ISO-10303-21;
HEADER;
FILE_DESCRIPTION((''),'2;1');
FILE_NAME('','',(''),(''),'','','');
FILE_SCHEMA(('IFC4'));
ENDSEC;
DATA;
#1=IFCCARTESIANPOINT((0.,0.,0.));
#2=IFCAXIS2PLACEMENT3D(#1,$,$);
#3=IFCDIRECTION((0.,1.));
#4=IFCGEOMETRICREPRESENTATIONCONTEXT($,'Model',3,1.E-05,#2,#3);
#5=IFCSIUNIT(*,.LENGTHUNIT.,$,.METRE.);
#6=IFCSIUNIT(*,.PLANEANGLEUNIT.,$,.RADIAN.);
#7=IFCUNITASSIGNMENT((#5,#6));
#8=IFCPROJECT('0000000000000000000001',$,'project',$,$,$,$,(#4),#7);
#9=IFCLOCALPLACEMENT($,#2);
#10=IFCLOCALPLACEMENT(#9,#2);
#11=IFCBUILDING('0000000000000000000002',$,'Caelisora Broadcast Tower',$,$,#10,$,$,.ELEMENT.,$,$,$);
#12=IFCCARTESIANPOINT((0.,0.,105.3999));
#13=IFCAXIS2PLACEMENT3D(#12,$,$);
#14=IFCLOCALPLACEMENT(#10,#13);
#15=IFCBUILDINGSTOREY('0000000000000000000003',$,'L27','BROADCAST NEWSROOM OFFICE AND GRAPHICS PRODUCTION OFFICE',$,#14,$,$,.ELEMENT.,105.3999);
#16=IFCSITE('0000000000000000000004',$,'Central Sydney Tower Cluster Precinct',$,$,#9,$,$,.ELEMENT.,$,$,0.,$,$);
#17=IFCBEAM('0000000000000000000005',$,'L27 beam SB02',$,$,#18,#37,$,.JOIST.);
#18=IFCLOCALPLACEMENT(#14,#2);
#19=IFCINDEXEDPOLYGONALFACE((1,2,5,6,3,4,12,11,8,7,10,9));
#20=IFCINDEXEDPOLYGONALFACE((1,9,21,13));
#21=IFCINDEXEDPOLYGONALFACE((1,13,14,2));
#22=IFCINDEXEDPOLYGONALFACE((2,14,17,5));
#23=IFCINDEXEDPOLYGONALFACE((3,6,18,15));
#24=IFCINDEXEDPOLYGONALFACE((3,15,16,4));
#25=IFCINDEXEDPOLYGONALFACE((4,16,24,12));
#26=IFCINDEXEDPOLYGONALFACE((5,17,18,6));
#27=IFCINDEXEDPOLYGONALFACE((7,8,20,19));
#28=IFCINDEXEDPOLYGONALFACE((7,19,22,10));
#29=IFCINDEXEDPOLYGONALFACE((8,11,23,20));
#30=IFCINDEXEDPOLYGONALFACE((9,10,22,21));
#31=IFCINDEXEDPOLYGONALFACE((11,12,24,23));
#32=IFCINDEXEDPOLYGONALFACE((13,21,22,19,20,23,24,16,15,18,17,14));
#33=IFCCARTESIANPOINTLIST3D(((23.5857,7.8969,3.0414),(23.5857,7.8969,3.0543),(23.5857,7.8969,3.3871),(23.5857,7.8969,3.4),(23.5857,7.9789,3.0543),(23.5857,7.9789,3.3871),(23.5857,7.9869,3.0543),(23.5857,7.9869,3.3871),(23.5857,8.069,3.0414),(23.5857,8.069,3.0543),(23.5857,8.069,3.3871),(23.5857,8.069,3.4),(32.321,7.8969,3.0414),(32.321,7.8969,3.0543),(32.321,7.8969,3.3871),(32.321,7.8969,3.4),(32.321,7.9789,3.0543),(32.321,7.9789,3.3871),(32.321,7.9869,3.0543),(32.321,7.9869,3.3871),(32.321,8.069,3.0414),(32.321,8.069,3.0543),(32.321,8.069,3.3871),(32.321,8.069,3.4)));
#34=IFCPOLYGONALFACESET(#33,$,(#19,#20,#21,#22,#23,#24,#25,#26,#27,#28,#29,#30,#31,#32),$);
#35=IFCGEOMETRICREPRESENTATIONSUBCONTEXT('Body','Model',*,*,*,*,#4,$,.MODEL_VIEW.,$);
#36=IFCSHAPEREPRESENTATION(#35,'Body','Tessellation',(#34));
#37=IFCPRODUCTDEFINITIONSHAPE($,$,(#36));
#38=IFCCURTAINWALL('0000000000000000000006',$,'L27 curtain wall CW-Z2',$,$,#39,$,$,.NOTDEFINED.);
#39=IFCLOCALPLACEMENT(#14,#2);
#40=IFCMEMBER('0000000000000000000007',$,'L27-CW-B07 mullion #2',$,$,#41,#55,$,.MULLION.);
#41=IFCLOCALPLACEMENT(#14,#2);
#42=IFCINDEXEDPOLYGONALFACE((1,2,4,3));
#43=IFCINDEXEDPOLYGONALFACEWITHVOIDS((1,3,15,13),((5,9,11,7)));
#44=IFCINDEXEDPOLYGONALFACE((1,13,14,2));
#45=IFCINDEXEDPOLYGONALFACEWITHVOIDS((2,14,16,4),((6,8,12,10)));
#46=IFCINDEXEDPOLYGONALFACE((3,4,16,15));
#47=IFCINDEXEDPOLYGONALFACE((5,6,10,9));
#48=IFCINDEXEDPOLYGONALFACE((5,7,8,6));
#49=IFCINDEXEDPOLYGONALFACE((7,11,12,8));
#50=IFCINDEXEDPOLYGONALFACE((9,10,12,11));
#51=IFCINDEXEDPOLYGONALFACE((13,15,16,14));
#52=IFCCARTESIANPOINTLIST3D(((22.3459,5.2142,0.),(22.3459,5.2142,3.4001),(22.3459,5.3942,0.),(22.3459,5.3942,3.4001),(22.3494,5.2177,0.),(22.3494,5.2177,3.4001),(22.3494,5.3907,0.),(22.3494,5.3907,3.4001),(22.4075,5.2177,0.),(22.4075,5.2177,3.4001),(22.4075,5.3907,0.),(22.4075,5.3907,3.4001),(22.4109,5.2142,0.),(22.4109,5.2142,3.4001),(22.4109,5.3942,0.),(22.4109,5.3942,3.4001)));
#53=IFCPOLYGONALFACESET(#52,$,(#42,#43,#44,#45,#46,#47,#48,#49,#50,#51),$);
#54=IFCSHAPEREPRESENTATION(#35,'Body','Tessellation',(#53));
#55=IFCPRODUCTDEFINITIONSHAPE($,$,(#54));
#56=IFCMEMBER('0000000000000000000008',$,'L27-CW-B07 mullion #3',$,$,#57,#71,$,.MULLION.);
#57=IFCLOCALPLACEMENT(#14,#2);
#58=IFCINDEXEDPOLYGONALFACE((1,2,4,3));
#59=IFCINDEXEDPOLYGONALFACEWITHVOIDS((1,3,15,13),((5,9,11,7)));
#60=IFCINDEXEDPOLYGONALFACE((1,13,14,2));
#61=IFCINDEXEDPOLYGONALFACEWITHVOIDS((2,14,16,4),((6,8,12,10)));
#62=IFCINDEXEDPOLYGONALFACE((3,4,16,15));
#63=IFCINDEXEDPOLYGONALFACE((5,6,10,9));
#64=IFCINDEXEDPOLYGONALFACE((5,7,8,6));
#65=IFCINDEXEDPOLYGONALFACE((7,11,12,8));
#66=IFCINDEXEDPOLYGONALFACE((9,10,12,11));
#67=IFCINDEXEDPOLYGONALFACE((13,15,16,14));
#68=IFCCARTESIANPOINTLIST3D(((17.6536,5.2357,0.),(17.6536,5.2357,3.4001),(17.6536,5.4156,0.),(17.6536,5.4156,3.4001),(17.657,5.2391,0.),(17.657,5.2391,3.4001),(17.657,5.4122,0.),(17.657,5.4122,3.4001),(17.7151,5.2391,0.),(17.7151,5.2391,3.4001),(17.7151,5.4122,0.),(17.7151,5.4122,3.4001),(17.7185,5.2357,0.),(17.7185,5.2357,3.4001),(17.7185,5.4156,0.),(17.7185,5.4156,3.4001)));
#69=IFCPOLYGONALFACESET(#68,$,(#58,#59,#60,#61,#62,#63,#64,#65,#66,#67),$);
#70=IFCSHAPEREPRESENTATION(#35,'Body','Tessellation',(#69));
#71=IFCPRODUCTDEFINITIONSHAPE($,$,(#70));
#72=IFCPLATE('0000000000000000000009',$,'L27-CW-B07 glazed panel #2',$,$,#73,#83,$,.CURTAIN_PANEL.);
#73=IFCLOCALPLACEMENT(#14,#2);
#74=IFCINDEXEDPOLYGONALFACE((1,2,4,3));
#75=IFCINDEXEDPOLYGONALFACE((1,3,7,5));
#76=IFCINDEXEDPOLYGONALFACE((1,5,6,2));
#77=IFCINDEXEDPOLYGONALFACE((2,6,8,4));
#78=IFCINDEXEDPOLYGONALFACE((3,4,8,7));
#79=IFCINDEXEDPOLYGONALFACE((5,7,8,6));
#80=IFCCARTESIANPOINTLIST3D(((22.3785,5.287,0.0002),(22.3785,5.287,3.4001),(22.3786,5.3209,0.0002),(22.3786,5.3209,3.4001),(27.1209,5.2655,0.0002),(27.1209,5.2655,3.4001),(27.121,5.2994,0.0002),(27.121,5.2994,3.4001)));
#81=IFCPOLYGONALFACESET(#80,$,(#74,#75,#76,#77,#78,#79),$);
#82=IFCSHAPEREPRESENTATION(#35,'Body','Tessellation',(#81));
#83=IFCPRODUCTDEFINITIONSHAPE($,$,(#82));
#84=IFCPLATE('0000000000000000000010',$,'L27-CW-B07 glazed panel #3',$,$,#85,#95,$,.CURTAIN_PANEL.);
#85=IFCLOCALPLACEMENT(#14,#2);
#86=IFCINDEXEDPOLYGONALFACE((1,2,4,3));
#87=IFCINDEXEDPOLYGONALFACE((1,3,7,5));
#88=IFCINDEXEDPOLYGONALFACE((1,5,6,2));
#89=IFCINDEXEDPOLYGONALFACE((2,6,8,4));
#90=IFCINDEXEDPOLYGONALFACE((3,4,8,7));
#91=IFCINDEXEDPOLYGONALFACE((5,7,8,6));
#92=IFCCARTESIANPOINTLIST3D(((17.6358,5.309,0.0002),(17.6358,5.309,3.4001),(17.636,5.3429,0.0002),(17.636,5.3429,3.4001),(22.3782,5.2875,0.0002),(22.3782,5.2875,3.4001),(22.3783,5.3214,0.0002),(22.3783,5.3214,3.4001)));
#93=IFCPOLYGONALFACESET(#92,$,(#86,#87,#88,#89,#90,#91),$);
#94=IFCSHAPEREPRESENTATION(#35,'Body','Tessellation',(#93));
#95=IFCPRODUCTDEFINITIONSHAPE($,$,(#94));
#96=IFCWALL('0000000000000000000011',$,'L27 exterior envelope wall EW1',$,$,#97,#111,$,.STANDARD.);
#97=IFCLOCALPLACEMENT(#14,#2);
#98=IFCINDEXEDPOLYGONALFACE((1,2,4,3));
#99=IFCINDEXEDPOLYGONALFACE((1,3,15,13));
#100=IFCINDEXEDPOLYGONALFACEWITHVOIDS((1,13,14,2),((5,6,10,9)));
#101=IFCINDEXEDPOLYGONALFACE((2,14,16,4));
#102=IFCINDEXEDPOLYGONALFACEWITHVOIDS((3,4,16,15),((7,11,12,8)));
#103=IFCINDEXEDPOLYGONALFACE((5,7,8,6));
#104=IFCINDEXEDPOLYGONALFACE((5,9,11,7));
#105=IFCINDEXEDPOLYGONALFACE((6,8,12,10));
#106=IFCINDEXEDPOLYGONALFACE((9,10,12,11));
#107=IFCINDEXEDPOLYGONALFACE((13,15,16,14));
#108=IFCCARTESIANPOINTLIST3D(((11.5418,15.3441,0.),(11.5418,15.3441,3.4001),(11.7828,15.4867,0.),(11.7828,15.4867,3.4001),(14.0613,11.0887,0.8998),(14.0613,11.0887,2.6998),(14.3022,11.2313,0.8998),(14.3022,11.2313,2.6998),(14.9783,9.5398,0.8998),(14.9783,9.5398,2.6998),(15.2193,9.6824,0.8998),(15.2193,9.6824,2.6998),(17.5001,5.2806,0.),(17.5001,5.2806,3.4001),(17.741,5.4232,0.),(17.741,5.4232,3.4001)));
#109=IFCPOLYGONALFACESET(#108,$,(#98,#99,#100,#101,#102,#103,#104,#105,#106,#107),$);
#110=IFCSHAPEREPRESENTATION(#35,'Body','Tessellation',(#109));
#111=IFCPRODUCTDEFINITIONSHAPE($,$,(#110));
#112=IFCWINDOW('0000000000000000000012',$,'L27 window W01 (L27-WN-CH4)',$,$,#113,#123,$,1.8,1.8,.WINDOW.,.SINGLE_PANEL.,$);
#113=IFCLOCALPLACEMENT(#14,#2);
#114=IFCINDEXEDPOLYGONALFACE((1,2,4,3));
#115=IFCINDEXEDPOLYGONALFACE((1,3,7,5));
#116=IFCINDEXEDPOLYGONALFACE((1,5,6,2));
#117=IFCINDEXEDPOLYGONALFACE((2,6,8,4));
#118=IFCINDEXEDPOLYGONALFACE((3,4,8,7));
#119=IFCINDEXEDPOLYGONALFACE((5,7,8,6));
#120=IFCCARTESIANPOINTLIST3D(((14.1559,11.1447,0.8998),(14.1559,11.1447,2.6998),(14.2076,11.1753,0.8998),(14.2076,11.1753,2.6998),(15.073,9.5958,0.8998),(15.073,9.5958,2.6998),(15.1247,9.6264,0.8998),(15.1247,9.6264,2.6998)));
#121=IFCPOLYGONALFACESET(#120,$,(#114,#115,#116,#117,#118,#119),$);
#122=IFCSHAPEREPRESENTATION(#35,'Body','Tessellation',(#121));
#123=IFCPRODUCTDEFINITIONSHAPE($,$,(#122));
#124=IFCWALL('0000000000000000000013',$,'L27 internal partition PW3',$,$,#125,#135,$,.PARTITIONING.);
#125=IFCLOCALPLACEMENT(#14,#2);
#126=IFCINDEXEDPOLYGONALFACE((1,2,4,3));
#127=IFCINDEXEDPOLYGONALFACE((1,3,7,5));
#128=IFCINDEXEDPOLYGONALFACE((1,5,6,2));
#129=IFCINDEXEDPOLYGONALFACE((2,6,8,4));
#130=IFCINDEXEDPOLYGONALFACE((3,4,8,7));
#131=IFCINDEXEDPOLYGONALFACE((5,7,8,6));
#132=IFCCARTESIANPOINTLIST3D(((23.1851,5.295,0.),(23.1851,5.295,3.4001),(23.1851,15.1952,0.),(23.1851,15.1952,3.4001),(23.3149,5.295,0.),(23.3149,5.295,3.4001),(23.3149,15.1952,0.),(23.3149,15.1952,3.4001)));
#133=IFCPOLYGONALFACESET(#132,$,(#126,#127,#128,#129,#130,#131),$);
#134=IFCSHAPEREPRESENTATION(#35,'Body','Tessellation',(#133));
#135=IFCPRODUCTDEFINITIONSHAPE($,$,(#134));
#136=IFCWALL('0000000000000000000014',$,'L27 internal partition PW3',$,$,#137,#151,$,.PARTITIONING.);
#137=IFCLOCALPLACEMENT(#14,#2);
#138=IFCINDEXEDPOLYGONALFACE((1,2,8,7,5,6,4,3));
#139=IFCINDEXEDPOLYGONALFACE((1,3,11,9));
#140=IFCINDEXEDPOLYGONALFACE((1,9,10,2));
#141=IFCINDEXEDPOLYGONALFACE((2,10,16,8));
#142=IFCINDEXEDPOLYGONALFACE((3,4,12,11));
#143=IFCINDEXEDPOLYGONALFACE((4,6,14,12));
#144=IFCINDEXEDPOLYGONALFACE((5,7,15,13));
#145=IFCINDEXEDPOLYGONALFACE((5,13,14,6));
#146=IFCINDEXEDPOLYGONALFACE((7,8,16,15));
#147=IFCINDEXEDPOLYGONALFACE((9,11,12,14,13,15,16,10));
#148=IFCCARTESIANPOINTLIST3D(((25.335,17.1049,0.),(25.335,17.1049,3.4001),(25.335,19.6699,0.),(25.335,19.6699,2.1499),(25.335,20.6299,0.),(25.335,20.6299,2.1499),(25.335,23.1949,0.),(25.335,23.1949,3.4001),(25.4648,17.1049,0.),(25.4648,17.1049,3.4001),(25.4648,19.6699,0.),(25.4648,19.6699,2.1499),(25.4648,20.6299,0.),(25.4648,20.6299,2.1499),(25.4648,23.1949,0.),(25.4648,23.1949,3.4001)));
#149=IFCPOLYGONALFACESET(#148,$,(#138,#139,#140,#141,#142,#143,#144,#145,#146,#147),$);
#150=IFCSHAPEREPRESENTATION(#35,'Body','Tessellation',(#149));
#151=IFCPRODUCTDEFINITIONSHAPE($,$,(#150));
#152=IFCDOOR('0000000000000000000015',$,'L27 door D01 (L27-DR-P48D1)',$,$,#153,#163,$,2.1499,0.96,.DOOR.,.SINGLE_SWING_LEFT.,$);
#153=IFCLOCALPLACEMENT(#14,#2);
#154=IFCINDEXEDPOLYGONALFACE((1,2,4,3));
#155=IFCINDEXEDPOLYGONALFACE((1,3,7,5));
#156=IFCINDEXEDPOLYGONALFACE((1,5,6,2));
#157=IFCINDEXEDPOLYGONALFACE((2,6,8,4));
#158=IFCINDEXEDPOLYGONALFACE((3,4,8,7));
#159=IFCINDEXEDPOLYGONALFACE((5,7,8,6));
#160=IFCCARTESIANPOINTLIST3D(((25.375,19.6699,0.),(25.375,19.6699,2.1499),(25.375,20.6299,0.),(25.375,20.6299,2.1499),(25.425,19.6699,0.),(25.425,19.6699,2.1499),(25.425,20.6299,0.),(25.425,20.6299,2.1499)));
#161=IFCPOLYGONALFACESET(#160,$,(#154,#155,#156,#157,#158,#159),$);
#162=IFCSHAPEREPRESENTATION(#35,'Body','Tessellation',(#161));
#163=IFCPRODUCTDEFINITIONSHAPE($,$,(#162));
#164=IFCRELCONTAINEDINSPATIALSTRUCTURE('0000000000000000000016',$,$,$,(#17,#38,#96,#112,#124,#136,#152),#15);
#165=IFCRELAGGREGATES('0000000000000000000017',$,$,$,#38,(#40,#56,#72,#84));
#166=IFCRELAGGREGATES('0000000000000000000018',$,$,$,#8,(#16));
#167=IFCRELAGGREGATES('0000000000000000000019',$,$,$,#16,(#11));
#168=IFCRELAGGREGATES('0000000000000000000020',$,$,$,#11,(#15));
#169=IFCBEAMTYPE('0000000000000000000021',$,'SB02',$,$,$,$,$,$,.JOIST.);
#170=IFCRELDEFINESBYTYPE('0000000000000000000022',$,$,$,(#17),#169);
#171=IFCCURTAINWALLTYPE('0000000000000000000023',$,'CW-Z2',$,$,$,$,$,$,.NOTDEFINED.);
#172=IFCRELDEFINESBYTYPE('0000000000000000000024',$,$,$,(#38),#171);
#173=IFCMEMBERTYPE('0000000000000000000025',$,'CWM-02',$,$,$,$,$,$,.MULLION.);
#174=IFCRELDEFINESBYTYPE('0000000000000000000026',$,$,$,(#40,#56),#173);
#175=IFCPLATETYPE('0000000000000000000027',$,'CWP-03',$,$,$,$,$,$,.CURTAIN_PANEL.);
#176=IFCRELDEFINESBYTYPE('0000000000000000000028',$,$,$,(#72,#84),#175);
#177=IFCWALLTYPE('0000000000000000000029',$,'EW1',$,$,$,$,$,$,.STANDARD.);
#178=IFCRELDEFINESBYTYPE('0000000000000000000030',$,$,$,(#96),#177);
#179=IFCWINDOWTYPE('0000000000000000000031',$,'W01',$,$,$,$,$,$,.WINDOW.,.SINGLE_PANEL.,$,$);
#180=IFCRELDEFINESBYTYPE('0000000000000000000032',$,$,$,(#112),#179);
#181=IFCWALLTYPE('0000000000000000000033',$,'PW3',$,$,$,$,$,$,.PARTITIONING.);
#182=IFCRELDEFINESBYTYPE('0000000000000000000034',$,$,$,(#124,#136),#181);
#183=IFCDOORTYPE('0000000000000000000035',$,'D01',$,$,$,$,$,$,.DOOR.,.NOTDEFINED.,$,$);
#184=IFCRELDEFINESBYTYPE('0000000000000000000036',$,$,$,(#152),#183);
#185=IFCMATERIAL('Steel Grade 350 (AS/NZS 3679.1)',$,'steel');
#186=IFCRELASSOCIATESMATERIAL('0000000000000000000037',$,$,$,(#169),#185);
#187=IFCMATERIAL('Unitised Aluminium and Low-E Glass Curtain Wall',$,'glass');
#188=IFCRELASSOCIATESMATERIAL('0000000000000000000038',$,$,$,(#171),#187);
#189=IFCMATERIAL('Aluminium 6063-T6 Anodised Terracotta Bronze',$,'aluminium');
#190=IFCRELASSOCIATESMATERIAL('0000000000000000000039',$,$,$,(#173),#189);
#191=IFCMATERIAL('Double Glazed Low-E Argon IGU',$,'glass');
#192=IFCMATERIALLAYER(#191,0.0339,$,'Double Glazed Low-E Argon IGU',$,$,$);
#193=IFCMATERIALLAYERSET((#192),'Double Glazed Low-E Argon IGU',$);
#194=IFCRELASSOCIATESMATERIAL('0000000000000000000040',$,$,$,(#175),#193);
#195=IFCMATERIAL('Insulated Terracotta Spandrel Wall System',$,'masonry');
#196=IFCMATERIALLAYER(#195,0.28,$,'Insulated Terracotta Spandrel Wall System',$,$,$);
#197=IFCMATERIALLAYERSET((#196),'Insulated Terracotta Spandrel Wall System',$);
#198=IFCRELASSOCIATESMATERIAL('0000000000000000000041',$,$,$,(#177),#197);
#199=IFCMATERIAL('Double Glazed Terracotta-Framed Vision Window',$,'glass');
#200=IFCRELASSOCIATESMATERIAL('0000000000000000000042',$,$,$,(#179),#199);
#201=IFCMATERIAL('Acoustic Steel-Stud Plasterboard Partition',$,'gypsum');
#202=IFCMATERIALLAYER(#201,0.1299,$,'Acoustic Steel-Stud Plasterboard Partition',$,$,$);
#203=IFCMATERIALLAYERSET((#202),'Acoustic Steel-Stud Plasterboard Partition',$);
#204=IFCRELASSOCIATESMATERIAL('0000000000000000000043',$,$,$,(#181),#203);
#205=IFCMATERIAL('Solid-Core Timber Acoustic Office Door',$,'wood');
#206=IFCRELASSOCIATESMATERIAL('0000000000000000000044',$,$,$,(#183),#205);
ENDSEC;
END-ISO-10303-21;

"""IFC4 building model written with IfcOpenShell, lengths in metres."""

from ifc_helpers import new_model, si_unit, direction, frame, frame_2d, origin, origin_2d, place, context, subcontext, project, spatial, rectangle, hollow_rectangle, i_section, extrude, source, transform, mapped, material, layer, layer_set, material_profile, profile_set, type_object, type_shapes, element, fill, aggregate, save


model = new_model("IFC4")

# Units and contexts
model_context = context("Model", 3, precision=1e-05, world=origin(), true_north=direction((0.0, 1.0)))
body_context = subcontext(model_context, "Body", "Model", "MODEL_VIEW")
ifc_project = project(units=[si_unit("LENGTHUNIT", "METRE"), si_unit("PLANEANGLEUNIT", "RADIAN")], contexts=[model_context])

# Site, building, storey
site_placement = place(None, origin())
site = spatial("IfcSite", under=ifc_project, at=site_placement, Name="Central Sydney Tower Cluster Precinct", CompositionType="ELEMENT", RefElevation=0.0)
building_placement = place(site_placement, origin())
building = spatial("IfcBuilding", under=site, at=building_placement, Name="Caelisora Broadcast Tower", CompositionType="ELEMENT")
storey_placement = place(building_placement, frame((0.0, 0.0, 105.3999)))
storey = spatial("IfcBuildingStorey", under=building, at=storey_placement, Name="L27", Description="BROADCAST NEWSROOM OFFICE AND GRAPHICS PRODUCTION OFFICE", CompositionType="ELEMENT", Elevation=105.3999)

# Beam
ifc_material_1 = material(Name="Steel Grade 350 (AS/NZS 3679.1)", Category="steel")
ifc_material_profile_1 = material_profile(ifc_material_1, i_section(OverallWidth=0.1721, OverallDepth=0.3586, WebThickness=0.0081, FlangeThickness=0.0129, at=origin_2d()), Name="Steel Grade 350 (AS/NZS 3679.1)")
ifc_profile_set_1 = profile_set([ifc_material_profile_1], Name="Steel Grade 350 (AS/NZS 3679.1)")
beam_type_1 = type_object("IfcBeamType", Name="SB02", PredefinedType="JOIST", material=ifc_profile_set_1)
shared_shape_1 = source(origin(), body_context, "Body", "SweptSolid", [
    extrude(i_section(OverallWidth=0.1721, OverallDepth=0.3586, WebThickness=0.0081, FlangeThickness=0.0129, at=origin_2d()), origin(), (0.0, 0.0, 1.0), 8.7354),
])
beam_1_placement = place(storey_placement, frame((23.5857, 7.9829, 3.2207), z_axis=(1.0, 0.0, 0.0), x_axis=(0.0, 1.0, 0.0)))
element("IfcBeam", 1, at=beam_1_placement, inside=storey, type_object=beam_type_1, Name="L27 beam SB02", PredefinedType="JOIST", context=body_context, shape_type="MappedRepresentation", body=[
    mapped(shared_shape_1, transform((0.0, 0.0, 0.0), scale=1.0)),
])

# Curtain wall, members, plates
ifc_material_2 = material(Name="Unitised Aluminium and Low-E Glass Curtain Wall", Category="glass")
curtain_wall_type = type_object("IfcCurtainWallType", Name="CW-Z2", PredefinedType="NOTDEFINED", material=ifc_material_2)
curtain_wall_placement = place(storey_placement, origin())
curtain_wall = element("IfcCurtainWall", 2, at=curtain_wall_placement, inside=storey, type_object=curtain_wall_type, Name="L27 curtain wall CW-Z2", PredefinedType="NOTDEFINED")
ifc_material_3 = material(Name="Aluminium 6063-T6 Anodised Terracotta Bronze", Category="aluminium")
ifc_material_profile_2 = material_profile(ifc_material_3, hollow_rectangle(XDim=0.0649, YDim=0.1799, WallThickness=0.0034, at=origin_2d()), Name="Aluminium 6063-T6 Anodised Terracotta Bronze")
ifc_profile_set_2 = profile_set([ifc_material_profile_2], Name="Aluminium 6063-T6 Anodised Terracotta Bronze")
member_type = type_object("IfcMemberType", Name="CWM-02", PredefinedType="MULLION", material=ifc_profile_set_2)
shared_shape_2 = source(origin(), body_context, "Body", "SweptSolid", [
    extrude(hollow_rectangle(XDim=0.0649, YDim=0.1799, WallThickness=0.0034, at=origin_2d()), origin(), (0.0, 0.0, 1.0), 3.4001),
])
type_shapes(member_type, [shared_shape_2])
member_1_placement = place(storey_placement, frame((22.3784, 5.3042, 0.0), z_axis=(0.0, 0.0, 1.0), x_axis=(1.0, 0.0, 0.0)))
member_1 = element("IfcMember", 3, at=member_1_placement, type_object=member_type, Name="L27-CW-B07 mullion #2", PredefinedType="MULLION", context=body_context, shape_type="MappedRepresentation", body=[
    mapped(shared_shape_2, transform((0.0, 0.0, 0.0), scale=1.0)),
])
member_2_placement = place(storey_placement, frame((17.686, 5.3257, 0.0), z_axis=(0.0, 0.0, 1.0), x_axis=(1.0, 0.0, 0.0)))
member_2 = element("IfcMember", 4, at=member_2_placement, type_object=member_type, Name="L27-CW-B07 mullion #3", PredefinedType="MULLION", context=body_context, shape_type="MappedRepresentation", body=[
    mapped(shared_shape_2, transform((0.0, 0.0, 0.0), scale=1.0)),
])
ifc_material_4 = material(Name="Double Glazed Low-E Argon IGU", Category="glass")
ifc_layer_1 = layer(ifc_material_4, 0.0339, Name="Double Glazed Low-E Argon IGU")
ifc_layer_set_1 = layer_set([ifc_layer_1], Name="Double Glazed Low-E Argon IGU")
plate_type = type_object("IfcPlateType", Name="CWP-03", PredefinedType="CURTAIN_PANEL", material=ifc_layer_set_1)
shared_shape_3 = source(origin(), body_context, "Body", "SweptSolid", [
    extrude(rectangle(XDim=4.7424, YDim=0.0339, at=origin_2d()), origin(), (0.0, 0.0, 1.0), 3.3999),
])
type_shapes(plate_type, [shared_shape_3])
plate_1_placement = place(storey_placement, frame((24.7498, 5.2932, 0.0002), z_axis=(0.0, 0.0, 1.0), x_axis=(-0.99999, 0.004538, 0.0)))
plate_1 = element("IfcPlate", 5, at=plate_1_placement, type_object=plate_type, Name="L27-CW-B07 glazed panel #2", PredefinedType="CURTAIN_PANEL", context=body_context, shape_type="MappedRepresentation", body=[
    mapped(shared_shape_3, transform((0.0, 0.0, 0.0), scale=1.0)),
])
plate_2_placement = place(storey_placement, frame((20.0071, 5.3152, 0.0002), z_axis=(0.0, 0.0, 1.0), x_axis=(-0.99999, 0.004538, 0.0)))
plate_2 = element("IfcPlate", 6, at=plate_2_placement, type_object=plate_type, Name="L27-CW-B07 glazed panel #3", PredefinedType="CURTAIN_PANEL", context=body_context, shape_type="MappedRepresentation", body=[
    mapped(shared_shape_3, transform((0.0, 0.0, 0.0), scale=1.0)),
])
aggregate(curtain_wall, [member_1, member_2, plate_1, plate_2])

# Wall, opening, window
ifc_material_5 = material(Name="Insulated Terracotta Spandrel Wall System", Category="masonry")
ifc_layer_2 = layer(ifc_material_5, 0.28, Name="Insulated Terracotta Spandrel Wall System")
ifc_layer_set_2 = layer_set([ifc_layer_2], Name="Insulated Terracotta Spandrel Wall System")
wall_type_1 = type_object("IfcWallType", Name="EW1", PredefinedType="STANDARD", material=ifc_layer_set_2)
wall_1_placement = place(storey_placement, frame((17.6206, 5.3518, 0.0), z_axis=(0.0, 0.0, 1.0), x_axis=(-0.509468, 0.86049, 0.0)))
wall_1 = element("IfcWall", 7, at=wall_1_placement, inside=storey, type_object=wall_type_1, Name="L27 exterior envelope wall EW1", PredefinedType="STANDARD", context=body_context, shape_type="SweptSolid", body=[
    extrude(rectangle(XDim=11.6951, YDim=0.28, at=frame_2d((5.8477, 0.0))), origin(), (0.0, 0.0, 1.0), 3.4001),
])
opening_1_placement = place(wall_1_placement, frame((4.95, 0.0, 0.8999)))
opening_1 = element("IfcOpeningElement", 8, at=opening_1_placement, cuts=wall_1, PredefinedType="OPENING", context=body_context, shape_type="SweptSolid", body=[
    extrude(rectangle(XDim=1.8, YDim=1.8, at=frame_2d((0.8999, 0.8999))), frame((0.0, 0.1521, 0.0), z_axis=(0.0, -1.0, 0.0), x_axis=(1.0, 0.0, 0.0)), (0.0, 0.0, 1.0), 0.304),
])
ifc_material_6 = material(Name="Double Glazed Terracotta-Framed Vision Window", Category="glass")
window_type = type_object("IfcWindowType", Name="W01", PartitioningType="SINGLE_PANEL", PredefinedType="WINDOW", material=ifc_material_6)
window_placement = place(opening_1_placement, origin())
window = element("IfcWindow", 9, at=window_placement, inside=storey, type_object=window_type, Name="L27 window W01 (L27-WN-CH4)", OverallHeight=1.8, OverallWidth=1.8, PartitioningType="SINGLE_PANEL", PredefinedType="WINDOW", context=body_context, shape_type="SweptSolid", body=[
    extrude(rectangle(XDim=1.8, YDim=1.8, at=frame_2d((0.8999, 0.8999))), frame((0.0, 0.03, 0.0), z_axis=(0.0, -1.0, 0.0), x_axis=(1.0, 0.0, 0.0)), (0.0, 0.0, 1.0), 0.0601),
])
fill(opening_1, window)

# Wall
ifc_material_7 = material(Name="Acoustic Steel-Stud Plasterboard Partition", Category="gypsum")
ifc_layer_3 = layer(ifc_material_7, 0.1299, Name="Acoustic Steel-Stud Plasterboard Partition")
ifc_layer_set_3 = layer_set([ifc_layer_3], Name="Acoustic Steel-Stud Plasterboard Partition")
wall_type_2 = type_object("IfcWallType", Name="PW3", PredefinedType="PARTITIONING", material=ifc_layer_set_3)
wall_2_placement = place(storey_placement, frame((23.25, 5.2949, 0.0), z_axis=(0.0, 0.0, 1.0), x_axis=(0.0, 1.0, 0.0)))
element("IfcWall", 10, at=wall_2_placement, inside=storey, type_object=wall_type_2, Name="L27 internal partition PW3", PredefinedType="PARTITIONING", context=body_context, shape_type="SweptSolid", body=[
    extrude(rectangle(XDim=9.9001, YDim=0.1299, at=frame_2d((4.9502, 0.0))), origin(), (0.0, 0.0, 1.0), 3.4001),
])

# Wall, opening, door
wall_3_placement = place(storey_placement, frame((25.3999, 17.105, 0.0), z_axis=(0.0, 0.0, 1.0), x_axis=(0.0, 1.0, 0.0)))
wall_3 = element("IfcWall", 11, at=wall_3_placement, inside=storey, type_object=wall_type_2, Name="L27 internal partition PW3", PredefinedType="PARTITIONING", context=body_context, shape_type="SweptSolid", body=[
    extrude(rectangle(XDim=6.0901, YDim=0.1299, at=frame_2d((3.0449, 0.0))), origin(), (0.0, 0.0, 1.0), 3.4001),
])
opening_2_placement = place(wall_3_placement, frame((2.5649, 0.0, 0.0)))
opening_2 = element("IfcOpeningElement", 12, at=opening_2_placement, cuts=wall_3, PredefinedType="OPENING", context=body_context, shape_type="SweptSolid", body=[
    extrude(rectangle(XDim=0.96, YDim=2.1499, at=frame_2d((0.48, 1.075))), frame((0.0, 0.0769, 0.0), z_axis=(0.0, -1.0, 0.0), x_axis=(1.0, 0.0, 0.0)), (0.0, 0.0, 1.0), 0.1538),
])
ifc_material_8 = material(Name="Solid-Core Timber Acoustic Office Door", Category="wood")
door_type = type_object("IfcDoorType", Name="D01", OperationType="NOTDEFINED", PredefinedType="DOOR", material=ifc_material_8)
door_1_placement = place(opening_2_placement, origin())
door_1 = element("IfcDoor", 13, at=door_1_placement, inside=storey, type_object=door_type, Name="L27 door D01 (L27-DR-P48D1)", OperationType="SINGLE_SWING_LEFT", OverallHeight=2.1499, OverallWidth=0.96, PredefinedType="DOOR", context=body_context, shape_type="SweptSolid", body=[
    extrude(rectangle(XDim=0.96, YDim=2.1499, at=frame_2d((0.48, 1.075))), frame((0.0, 0.0249, 0.0), z_axis=(0.0, -1.0, 0.0), x_axis=(1.0, 0.0, 0.0)), (0.0, 0.0, 1.0), 0.05),
])
fill(opening_2, door_1)

save(model, "model.ifc")
